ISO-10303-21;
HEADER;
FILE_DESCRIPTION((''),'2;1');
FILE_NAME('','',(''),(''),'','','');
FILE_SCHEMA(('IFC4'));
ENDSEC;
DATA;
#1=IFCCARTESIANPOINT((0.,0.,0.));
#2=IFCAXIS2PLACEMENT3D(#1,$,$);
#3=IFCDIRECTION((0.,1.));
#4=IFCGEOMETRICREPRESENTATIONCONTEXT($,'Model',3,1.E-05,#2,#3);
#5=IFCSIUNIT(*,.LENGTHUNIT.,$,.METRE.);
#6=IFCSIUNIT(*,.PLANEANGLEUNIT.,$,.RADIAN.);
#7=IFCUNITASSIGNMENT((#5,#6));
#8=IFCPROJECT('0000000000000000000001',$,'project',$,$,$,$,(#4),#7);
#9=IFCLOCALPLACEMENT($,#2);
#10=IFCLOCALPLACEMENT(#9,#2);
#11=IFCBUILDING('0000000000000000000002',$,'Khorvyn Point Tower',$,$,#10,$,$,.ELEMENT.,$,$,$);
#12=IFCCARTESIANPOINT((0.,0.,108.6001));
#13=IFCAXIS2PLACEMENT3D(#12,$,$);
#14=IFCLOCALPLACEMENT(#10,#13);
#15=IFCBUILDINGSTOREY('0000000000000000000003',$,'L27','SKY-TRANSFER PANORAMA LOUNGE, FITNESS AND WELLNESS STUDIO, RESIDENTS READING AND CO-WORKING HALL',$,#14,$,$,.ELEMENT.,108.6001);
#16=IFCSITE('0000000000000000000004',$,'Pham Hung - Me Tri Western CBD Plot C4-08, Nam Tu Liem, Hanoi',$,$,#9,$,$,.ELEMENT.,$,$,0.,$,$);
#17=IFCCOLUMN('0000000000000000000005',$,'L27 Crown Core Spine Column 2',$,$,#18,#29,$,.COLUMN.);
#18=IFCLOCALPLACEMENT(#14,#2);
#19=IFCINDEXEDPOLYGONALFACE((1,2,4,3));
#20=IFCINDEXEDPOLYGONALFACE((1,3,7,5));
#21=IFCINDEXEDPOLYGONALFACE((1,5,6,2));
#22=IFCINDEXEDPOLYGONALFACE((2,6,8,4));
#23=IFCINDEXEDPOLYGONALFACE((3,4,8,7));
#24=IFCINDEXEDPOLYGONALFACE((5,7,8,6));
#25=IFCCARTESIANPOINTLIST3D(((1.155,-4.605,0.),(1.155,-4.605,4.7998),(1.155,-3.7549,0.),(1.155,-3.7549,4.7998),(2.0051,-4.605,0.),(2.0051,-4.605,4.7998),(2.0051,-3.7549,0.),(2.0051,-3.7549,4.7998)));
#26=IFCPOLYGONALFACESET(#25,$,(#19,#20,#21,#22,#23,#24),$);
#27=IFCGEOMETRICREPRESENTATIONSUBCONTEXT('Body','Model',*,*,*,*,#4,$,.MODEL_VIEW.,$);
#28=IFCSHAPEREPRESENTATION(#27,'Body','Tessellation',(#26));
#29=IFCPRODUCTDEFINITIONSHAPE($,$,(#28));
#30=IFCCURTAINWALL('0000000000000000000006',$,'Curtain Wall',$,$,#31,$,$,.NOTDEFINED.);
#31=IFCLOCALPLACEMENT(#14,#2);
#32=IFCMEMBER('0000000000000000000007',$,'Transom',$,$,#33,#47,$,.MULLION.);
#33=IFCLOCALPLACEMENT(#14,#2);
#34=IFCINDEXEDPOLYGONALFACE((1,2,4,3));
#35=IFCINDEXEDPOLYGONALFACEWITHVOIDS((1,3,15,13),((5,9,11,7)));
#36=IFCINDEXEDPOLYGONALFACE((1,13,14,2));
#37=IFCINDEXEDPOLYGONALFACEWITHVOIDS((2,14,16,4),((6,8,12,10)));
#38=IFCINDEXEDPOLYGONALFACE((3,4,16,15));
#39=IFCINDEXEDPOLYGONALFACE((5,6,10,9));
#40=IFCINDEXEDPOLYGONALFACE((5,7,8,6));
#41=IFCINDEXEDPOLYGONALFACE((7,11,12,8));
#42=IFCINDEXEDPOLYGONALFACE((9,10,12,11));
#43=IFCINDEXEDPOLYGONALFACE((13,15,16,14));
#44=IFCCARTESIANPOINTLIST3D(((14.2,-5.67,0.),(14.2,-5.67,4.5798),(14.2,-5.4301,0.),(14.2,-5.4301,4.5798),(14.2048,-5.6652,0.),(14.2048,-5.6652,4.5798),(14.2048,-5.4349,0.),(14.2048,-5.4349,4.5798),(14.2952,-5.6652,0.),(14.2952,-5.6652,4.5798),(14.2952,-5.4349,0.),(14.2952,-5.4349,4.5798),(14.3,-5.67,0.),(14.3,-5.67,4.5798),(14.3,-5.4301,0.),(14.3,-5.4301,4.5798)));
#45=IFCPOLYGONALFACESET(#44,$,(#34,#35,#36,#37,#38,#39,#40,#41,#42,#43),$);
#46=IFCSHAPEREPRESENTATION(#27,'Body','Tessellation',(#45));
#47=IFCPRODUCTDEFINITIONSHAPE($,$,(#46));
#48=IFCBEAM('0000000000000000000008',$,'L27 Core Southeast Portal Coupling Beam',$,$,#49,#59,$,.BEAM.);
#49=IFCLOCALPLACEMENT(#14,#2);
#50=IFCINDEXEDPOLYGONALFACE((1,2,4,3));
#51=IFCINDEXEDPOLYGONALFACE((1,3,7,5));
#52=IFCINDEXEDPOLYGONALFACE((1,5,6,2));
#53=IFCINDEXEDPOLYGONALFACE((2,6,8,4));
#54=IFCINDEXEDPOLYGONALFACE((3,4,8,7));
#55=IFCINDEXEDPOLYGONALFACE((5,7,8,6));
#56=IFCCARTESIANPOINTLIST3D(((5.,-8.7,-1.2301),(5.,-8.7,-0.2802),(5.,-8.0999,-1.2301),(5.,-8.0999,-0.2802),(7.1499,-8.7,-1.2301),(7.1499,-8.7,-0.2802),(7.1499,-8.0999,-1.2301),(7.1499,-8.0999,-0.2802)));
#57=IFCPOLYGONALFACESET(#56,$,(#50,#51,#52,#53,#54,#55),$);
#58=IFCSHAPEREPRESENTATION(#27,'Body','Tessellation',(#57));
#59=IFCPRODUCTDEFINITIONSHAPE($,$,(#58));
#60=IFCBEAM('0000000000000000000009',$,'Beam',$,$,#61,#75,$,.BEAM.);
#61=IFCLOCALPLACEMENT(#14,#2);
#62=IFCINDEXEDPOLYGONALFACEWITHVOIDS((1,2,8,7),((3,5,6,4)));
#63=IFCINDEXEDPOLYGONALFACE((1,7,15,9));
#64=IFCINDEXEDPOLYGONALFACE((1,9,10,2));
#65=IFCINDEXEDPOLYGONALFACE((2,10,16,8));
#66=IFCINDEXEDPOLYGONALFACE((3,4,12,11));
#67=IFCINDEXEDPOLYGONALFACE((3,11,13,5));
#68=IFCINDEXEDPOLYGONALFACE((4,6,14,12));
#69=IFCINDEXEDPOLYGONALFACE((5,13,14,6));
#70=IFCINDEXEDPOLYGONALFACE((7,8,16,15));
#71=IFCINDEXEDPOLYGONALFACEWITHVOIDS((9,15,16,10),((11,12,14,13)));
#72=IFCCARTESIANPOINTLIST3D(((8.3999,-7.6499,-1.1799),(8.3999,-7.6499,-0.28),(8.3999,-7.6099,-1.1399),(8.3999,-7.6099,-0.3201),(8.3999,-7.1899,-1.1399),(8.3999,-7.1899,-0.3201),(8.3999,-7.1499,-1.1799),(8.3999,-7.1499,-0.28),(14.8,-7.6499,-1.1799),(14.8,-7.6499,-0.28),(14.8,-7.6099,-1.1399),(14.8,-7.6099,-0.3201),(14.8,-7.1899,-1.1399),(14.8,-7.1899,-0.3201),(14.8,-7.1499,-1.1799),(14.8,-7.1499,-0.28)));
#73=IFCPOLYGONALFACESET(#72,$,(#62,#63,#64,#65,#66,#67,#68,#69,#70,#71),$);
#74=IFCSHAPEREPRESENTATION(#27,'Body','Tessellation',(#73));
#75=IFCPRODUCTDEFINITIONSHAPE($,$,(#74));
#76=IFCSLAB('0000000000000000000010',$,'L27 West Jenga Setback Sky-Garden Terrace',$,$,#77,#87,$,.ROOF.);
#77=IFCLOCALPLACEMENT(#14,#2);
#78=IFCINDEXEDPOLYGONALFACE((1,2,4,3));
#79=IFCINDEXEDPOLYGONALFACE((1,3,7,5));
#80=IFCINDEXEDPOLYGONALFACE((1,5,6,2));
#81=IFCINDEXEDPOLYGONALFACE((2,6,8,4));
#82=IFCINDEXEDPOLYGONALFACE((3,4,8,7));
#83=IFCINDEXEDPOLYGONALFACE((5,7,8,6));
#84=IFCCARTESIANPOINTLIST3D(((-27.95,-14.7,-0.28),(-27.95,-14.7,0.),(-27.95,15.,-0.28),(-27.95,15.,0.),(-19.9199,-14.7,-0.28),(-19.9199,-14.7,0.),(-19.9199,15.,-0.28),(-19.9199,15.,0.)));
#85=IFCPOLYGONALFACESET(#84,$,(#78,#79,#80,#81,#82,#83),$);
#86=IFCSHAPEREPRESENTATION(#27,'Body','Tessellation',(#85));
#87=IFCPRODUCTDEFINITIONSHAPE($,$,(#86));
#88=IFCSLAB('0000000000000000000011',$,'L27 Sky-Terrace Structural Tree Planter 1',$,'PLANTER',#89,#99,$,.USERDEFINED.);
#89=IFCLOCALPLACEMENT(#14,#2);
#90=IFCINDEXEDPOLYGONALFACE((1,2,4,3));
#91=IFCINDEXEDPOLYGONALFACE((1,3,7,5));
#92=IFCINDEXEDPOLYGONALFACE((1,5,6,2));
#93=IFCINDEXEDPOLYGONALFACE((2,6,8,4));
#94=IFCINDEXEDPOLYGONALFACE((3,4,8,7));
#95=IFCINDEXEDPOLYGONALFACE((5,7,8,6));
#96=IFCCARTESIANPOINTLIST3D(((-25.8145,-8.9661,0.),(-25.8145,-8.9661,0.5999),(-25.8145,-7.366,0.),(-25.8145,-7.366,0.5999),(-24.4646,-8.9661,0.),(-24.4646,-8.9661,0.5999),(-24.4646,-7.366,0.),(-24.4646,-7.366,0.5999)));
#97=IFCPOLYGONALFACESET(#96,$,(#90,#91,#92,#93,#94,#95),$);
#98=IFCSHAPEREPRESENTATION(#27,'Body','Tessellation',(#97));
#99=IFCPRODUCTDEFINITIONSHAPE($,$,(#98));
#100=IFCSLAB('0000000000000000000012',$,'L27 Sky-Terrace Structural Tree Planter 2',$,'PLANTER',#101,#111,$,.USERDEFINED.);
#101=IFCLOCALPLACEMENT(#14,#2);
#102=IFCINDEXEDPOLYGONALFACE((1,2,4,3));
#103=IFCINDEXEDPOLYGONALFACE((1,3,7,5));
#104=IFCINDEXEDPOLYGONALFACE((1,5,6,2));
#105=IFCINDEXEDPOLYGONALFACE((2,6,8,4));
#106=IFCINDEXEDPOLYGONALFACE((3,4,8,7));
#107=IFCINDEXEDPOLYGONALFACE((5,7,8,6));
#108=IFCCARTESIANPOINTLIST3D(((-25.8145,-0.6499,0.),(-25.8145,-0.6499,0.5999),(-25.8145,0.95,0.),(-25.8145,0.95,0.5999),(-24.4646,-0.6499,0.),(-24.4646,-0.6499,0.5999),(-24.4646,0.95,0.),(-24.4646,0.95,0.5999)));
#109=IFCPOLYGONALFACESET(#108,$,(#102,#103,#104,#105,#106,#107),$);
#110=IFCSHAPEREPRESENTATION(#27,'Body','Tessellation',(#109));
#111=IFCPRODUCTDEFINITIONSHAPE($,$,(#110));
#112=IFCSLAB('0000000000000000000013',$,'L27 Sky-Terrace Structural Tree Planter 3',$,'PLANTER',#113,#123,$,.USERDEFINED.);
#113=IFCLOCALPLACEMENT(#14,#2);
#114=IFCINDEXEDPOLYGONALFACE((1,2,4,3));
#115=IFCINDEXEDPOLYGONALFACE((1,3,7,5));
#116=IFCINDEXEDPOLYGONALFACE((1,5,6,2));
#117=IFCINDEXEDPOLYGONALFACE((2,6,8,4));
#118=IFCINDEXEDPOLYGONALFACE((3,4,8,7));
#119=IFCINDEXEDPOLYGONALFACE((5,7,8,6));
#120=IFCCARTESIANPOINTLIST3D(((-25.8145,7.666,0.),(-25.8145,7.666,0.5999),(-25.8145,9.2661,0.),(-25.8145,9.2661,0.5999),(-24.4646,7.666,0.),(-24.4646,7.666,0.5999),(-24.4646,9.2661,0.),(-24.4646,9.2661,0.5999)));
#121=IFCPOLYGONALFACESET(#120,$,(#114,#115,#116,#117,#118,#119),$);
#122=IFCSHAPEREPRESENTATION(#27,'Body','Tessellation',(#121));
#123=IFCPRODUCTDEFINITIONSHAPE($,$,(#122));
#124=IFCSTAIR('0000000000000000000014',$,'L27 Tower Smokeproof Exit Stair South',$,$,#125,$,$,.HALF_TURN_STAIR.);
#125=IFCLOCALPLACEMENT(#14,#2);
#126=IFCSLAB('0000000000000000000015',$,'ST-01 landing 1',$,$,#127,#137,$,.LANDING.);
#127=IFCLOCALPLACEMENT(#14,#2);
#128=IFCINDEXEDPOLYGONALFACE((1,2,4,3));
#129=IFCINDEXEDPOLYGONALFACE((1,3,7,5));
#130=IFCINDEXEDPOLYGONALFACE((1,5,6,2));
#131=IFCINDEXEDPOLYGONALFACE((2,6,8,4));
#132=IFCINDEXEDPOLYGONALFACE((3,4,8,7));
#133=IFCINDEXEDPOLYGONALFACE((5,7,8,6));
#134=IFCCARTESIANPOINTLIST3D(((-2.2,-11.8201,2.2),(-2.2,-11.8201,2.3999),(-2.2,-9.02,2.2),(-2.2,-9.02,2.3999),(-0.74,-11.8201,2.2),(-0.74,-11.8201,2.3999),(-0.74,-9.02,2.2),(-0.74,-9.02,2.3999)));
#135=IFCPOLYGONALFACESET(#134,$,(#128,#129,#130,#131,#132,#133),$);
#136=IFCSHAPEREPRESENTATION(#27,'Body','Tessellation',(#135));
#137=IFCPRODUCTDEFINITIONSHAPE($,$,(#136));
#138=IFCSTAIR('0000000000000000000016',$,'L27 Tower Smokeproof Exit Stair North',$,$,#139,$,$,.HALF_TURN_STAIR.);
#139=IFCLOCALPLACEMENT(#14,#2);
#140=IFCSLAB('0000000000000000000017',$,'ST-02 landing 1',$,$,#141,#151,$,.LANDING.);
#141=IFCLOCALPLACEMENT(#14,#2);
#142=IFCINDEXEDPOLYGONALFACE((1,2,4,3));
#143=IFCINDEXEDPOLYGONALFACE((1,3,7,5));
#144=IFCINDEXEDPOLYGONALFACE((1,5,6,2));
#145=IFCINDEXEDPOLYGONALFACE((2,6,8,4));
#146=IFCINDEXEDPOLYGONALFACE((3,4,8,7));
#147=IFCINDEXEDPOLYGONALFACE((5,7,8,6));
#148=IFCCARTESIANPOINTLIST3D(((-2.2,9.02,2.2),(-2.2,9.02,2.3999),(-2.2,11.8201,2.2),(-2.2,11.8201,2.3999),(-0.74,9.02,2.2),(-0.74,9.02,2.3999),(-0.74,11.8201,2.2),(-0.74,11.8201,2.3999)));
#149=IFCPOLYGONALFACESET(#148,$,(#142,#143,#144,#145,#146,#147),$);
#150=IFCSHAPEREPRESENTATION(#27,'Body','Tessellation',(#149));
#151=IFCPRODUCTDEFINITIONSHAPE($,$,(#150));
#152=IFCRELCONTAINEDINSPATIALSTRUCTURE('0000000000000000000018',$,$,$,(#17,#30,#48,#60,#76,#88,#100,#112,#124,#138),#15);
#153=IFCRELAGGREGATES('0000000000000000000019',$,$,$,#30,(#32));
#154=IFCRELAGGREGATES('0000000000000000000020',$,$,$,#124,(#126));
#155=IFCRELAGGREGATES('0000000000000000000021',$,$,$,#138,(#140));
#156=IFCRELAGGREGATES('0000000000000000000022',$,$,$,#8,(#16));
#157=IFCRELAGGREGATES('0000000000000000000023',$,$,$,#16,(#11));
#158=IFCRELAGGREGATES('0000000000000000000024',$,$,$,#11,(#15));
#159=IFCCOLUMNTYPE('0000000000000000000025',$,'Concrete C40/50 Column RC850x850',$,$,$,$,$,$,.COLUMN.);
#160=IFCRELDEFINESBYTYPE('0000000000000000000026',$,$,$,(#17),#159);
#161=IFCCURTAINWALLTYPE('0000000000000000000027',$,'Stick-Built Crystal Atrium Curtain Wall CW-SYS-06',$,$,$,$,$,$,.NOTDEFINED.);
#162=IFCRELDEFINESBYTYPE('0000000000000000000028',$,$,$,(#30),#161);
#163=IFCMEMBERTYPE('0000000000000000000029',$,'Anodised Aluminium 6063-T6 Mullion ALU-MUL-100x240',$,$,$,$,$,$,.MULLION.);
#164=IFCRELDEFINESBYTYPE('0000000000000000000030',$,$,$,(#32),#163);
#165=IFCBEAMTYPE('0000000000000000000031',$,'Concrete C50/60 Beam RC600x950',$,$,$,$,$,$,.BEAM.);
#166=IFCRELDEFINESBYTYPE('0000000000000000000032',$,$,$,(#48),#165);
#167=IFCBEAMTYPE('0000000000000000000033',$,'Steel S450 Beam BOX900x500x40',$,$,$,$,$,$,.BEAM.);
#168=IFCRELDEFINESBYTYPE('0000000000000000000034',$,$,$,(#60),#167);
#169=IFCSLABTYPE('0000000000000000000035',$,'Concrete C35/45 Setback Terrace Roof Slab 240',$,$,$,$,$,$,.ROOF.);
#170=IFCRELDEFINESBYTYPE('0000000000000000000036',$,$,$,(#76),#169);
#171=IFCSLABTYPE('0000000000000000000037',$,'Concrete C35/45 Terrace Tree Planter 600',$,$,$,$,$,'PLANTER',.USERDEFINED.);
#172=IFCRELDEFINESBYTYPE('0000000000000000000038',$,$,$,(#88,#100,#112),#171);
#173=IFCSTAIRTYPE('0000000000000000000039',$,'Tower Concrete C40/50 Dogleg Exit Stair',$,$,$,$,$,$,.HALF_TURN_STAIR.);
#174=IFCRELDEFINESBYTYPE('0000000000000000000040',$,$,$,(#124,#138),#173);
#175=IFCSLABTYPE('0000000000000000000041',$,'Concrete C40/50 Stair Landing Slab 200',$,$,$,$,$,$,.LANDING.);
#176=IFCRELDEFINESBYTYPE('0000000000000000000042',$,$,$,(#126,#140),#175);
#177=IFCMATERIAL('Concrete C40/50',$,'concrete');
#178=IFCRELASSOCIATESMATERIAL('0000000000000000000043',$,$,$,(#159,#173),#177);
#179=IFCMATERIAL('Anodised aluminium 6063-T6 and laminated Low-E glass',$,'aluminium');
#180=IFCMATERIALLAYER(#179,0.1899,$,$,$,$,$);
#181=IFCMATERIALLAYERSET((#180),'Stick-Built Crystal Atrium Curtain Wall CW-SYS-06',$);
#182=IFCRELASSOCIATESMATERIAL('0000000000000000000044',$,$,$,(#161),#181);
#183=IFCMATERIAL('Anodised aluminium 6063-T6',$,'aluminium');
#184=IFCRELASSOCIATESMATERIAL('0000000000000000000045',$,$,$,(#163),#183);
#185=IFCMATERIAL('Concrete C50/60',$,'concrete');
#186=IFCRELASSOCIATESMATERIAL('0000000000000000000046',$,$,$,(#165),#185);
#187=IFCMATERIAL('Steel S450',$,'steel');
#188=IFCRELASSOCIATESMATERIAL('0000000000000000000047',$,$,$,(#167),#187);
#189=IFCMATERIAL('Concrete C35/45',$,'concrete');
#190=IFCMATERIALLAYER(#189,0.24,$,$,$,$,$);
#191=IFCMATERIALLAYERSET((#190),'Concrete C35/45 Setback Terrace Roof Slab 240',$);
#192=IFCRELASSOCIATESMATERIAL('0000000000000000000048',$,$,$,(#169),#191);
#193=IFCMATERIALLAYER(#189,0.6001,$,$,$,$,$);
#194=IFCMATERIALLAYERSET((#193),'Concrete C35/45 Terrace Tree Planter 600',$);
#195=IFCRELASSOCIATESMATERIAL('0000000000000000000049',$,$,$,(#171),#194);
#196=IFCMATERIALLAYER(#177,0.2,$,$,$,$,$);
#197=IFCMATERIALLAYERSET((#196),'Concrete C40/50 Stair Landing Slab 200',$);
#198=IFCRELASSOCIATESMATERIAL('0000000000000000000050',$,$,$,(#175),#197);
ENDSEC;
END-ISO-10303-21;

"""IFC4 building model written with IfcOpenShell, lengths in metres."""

from ifc_helpers import new_model, si_unit, direction, frame, origin, origin_2d, place, context, subcontext, project, spatial, polyline, rectangle, hollow_rectangle, outline, extrude, material, layer, layer_set, material_profile, profile_set, type_object, element, aggregate, save


model = new_model("IFC4")

# Units and contexts
model_context = context("Model", 3, precision=1e-05, world=origin(), true_north=direction((0.0, 1.0)))
body_context = subcontext(model_context, "Body", "Model", "MODEL_VIEW")
ifc_project = project(units=[si_unit("LENGTHUNIT", "METRE"), si_unit("PLANEANGLEUNIT", "RADIAN")], contexts=[model_context])

# Site, building, storey
site_placement = place(None, origin())
site = spatial("IfcSite", under=ifc_project, at=site_placement, Name="Pham Hung - Me Tri Western CBD Plot C4-08, Nam Tu Liem, Hanoi", CompositionType="ELEMENT", RefElevation=0.0)
building_placement = place(site_placement, origin())
building = spatial("IfcBuilding", under=site, at=building_placement, Name="Khorvyn Point Tower", CompositionType="ELEMENT")
storey_placement = place(building_placement, frame((0.0, 0.0, 108.6001)))
storey = spatial("IfcBuildingStorey", under=building, at=storey_placement, Name="L27", Description="SKY-TRANSFER PANORAMA LOUNGE, FITNESS AND WELLNESS STUDIO, RESIDENTS READING AND CO-WORKING HALL", CompositionType="ELEMENT", Elevation=108.6001)

# Column
ifc_material_1 = material(Name="Concrete C40/50", Category="concrete")
ifc_material_profile_1 = material_profile(ifc_material_1, rectangle(XDim=0.8501, YDim=0.8501, at=origin_2d()))
ifc_profile_set_1 = profile_set([ifc_material_profile_1], Name="Concrete C40/50 RC850x850")
column_type = type_object("IfcColumnType", Name="Concrete C40/50 Column RC850x850", PredefinedType="COLUMN", material=ifc_profile_set_1)
column_placement = place(storey_placement, frame((1.5801, -4.1799, 0.0), z_axis=(0.0, 0.0, 1.0), x_axis=(1.0, 0.0, 0.0)))
element("IfcColumn", 1, at=column_placement, inside=storey, type_object=column_type, Name="L27 Crown Core Spine Column 2", PredefinedType="COLUMN", context=body_context, shape_type="SweptSolid", body=[
    extrude(rectangle(XDim=0.8501, YDim=0.8501, at=origin_2d()), origin(), (0.0, 0.0, 1.0), 4.7998),
])

# Curtain wall, member
ifc_material_2 = material(Name="Anodised aluminium 6063-T6 and laminated Low-E glass", Category="aluminium")
ifc_layer_1 = layer(ifc_material_2, 0.1899)
ifc_layer_set_1 = layer_set([ifc_layer_1], Name="Stick-Built Crystal Atrium Curtain Wall CW-SYS-06")
curtain_wall_type = type_object("IfcCurtainWallType", Name="Stick-Built Crystal Atrium Curtain Wall CW-SYS-06", PredefinedType="NOTDEFINED", material=ifc_layer_set_1)
curtain_wall_placement = place(storey_placement, origin())
curtain_wall = element("IfcCurtainWall", 2, at=curtain_wall_placement, inside=storey, type_object=curtain_wall_type, Name="Curtain Wall", PredefinedType="NOTDEFINED")
ifc_material_3 = material(Name="Anodised aluminium 6063-T6", Category="aluminium")
ifc_material_profile_2 = material_profile(ifc_material_3, hollow_rectangle(XDim=0.1001, YDim=0.24, WallThickness=0.0049, at=origin_2d()))
ifc_profile_set_2 = profile_set([ifc_material_profile_2], Name="Anodised aluminium 6063-T6 ALU-MUL-100x240")
member_type = type_object("IfcMemberType", Name="Anodised Aluminium 6063-T6 Mullion ALU-MUL-100x240", PredefinedType="MULLION", material=ifc_profile_set_2)
member_placement = place(storey_placement, frame((14.25, -5.55, 0.0), z_axis=(0.0, 0.0, 1.0), x_axis=(-1.0, 0.0, 0.0)))
member = element("IfcMember", 3, at=member_placement, type_object=member_type, Name="Transom", PredefinedType="MULLION", context=body_context, shape_type="SweptSolid", body=[
    extrude(hollow_rectangle(XDim=0.1001, YDim=0.24, WallThickness=0.0049, at=origin_2d()), origin(), (0.0, 0.0, 1.0), 4.5798),
])
aggregate(curtain_wall, [member])

# Beams
ifc_material_4 = material(Name="Concrete C50/60", Category="concrete")
ifc_material_profile_3 = material_profile(ifc_material_4, rectangle(XDim=0.6001, YDim=0.95, at=origin_2d()))
ifc_profile_set_3 = profile_set([ifc_material_profile_3], Name="Concrete C50/60 RC600x950")
beam_type_1 = type_object("IfcBeamType", Name="Concrete C50/60 Beam RC600x950", PredefinedType="BEAM", material=ifc_profile_set_3)
beam_1_placement = place(storey_placement, frame((5.0, -8.3999, -0.7551), z_axis=(1.0, 0.0, 0.0), x_axis=(0.0, 1.0, 0.0)))
element("IfcBeam", 4, at=beam_1_placement, inside=storey, type_object=beam_type_1, Name="L27 Core Southeast Portal Coupling Beam", PredefinedType="BEAM", context=body_context, shape_type="SweptSolid", body=[
    extrude(rectangle(XDim=0.6001, YDim=0.95, at=origin_2d()), origin(), (0.0, 0.0, 1.0), 2.1499),
])
ifc_material_5 = material(Name="Steel S450", Category="steel")
ifc_material_profile_4 = material_profile(ifc_material_5, hollow_rectangle(XDim=0.5, YDim=0.8999, WallThickness=0.04, at=origin_2d()))
ifc_profile_set_4 = profile_set([ifc_material_profile_4], Name="Steel S450 BOX900x500x40")
beam_type_2 = type_object("IfcBeamType", Name="Steel S450 Beam BOX900x500x40", PredefinedType="BEAM", material=ifc_profile_set_4)
beam_2_placement = place(storey_placement, frame((8.3999, -7.3999, -0.73), z_axis=(1.0, 0.0, 0.0), x_axis=(0.0, 1.0, 0.0)))
element("IfcBeam", 5, at=beam_2_placement, inside=storey, type_object=beam_type_2, Name="Beam", PredefinedType="BEAM", context=body_context, shape_type="SweptSolid", body=[
    extrude(hollow_rectangle(XDim=0.5, YDim=0.8999, WallThickness=0.04, at=origin_2d()), origin(), (0.0, 0.0, 1.0), 6.4001),
])

# Slabs
ifc_material_6 = material(Name="Concrete C35/45", Category="concrete")
ifc_layer_2 = layer(ifc_material_6, 0.24)
ifc_layer_set_2 = layer_set([ifc_layer_2], Name="Concrete C35/45 Setback Terrace Roof Slab 240")
slab_type_1 = type_object("IfcSlabType", Name="Concrete C35/45 Setback Terrace Roof Slab 240", PredefinedType="ROOF", material=ifc_layer_set_2)
slab_1_placement = place(storey_placement, frame((0.0, 0.0, -0.28)))
element("IfcSlab", 6, at=slab_1_placement, inside=storey, type_object=slab_type_1, Name="L27 West Jenga Setback Sky-Garden Terrace", PredefinedType="ROOF", context=body_context, shape_type="SweptSolid", body=[
    extrude(outline(polyline([(-27.95, -14.7), (-19.9199, -14.7), (-19.9199, 15.0), (-27.95, 15.0), (-27.95, -14.7)])), origin(), (0.0, 0.0, 1.0), 0.28),
])
ifc_layer_3 = layer(ifc_material_6, 0.6001)
ifc_layer_set_3 = layer_set([ifc_layer_3], Name="Concrete C35/45 Terrace Tree Planter 600")
slab_type_2 = type_object("IfcSlabType", Name="Concrete C35/45 Terrace Tree Planter 600", ElementType="PLANTER", PredefinedType="USERDEFINED", material=ifc_layer_set_3)
slab_2_placement = place(storey_placement, origin())
element("IfcSlab", 7, at=slab_2_placement, inside=storey, type_object=slab_type_2, Name="L27 Sky-Terrace Structural Tree Planter 1", ObjectType="PLANTER", PredefinedType="USERDEFINED", context=body_context, shape_type="SweptSolid", body=[
    extrude(outline(polyline([(-25.8145, -8.9661), (-24.4646, -8.9661), (-24.4646, -7.366), (-25.8145, -7.366), (-25.8145, -8.9661)])), origin(), (0.0, 0.0, 1.0), 0.5999),
])
slab_3_placement = place(storey_placement, origin())
element("IfcSlab", 8, at=slab_3_placement, inside=storey, type_object=slab_type_2, Name="L27 Sky-Terrace Structural Tree Planter 2", ObjectType="PLANTER", PredefinedType="USERDEFINED", context=body_context, shape_type="SweptSolid", body=[
    extrude(outline(polyline([(-25.8145, -0.6499), (-24.4646, -0.6499), (-24.4646, 0.95), (-25.8145, 0.95), (-25.8145, -0.6499)])), origin(), (0.0, 0.0, 1.0), 0.5999),
])
slab_4_placement = place(storey_placement, origin())
element("IfcSlab", 9, at=slab_4_placement, inside=storey, type_object=slab_type_2, Name="L27 Sky-Terrace Structural Tree Planter 3", ObjectType="PLANTER", PredefinedType="USERDEFINED", context=body_context, shape_type="SweptSolid", body=[
    extrude(outline(polyline([(-25.8145, 7.666), (-24.4646, 7.666), (-24.4646, 9.2661), (-25.8145, 9.2661), (-25.8145, 7.666)])), origin(), (0.0, 0.0, 1.0), 0.5999),
])

# Stairs, slabs
stair_type = type_object("IfcStairType", Name="Tower Concrete C40/50 Dogleg Exit Stair", PredefinedType="HALF_TURN_STAIR", material=ifc_material_1)
stair_1_placement = place(storey_placement, origin())
stair_1 = element("IfcStair", 10, at=stair_1_placement, inside=storey, type_object=stair_type, Name="L27 Tower Smokeproof Exit Stair South", PredefinedType="HALF_TURN_STAIR")
ifc_layer_4 = layer(ifc_material_1, 0.2)
ifc_layer_set_4 = layer_set([ifc_layer_4], Name="Concrete C40/50 Stair Landing Slab 200")
slab_type_3 = type_object("IfcSlabType", Name="Concrete C40/50 Stair Landing Slab 200", PredefinedType="LANDING", material=ifc_layer_set_4)
slab_5_placement = place(storey_placement, frame((0.0, 0.0, 2.2)))
slab_5 = element("IfcSlab", 11, at=slab_5_placement, type_object=slab_type_3, Name="ST-01 landing 1", PredefinedType="LANDING", context=body_context, shape_type="SweptSolid", body=[
    extrude(outline(polyline([(-0.74, -9.02), (-2.2, -9.02), (-2.2, -11.8201), (-0.74, -11.8201), (-0.74, -9.02)])), origin(), (0.0, 0.0, 1.0), 0.2),
])
aggregate(stair_1, [slab_5])
stair_2_placement = place(storey_placement, origin())
stair_2 = element("IfcStair", 12, at=stair_2_placement, inside=storey, type_object=stair_type, Name="L27 Tower Smokeproof Exit Stair North", PredefinedType="HALF_TURN_STAIR")
slab_6_placement = place(storey_placement, frame((0.0, 0.0, 2.2)))
slab_6 = element("IfcSlab", 13, at=slab_6_placement, type_object=slab_type_3, Name="ST-02 landing 1", PredefinedType="LANDING", context=body_context, shape_type="SweptSolid", body=[
    extrude(outline(polyline([(-0.74, 11.8201), (-2.2, 11.8201), (-2.2, 9.02), (-0.74, 9.02), (-0.74, 11.8201)])), origin(), (0.0, 0.0, 1.0), 0.2),
])
aggregate(stair_2, [slab_6])

save(model, "model.ifc")
